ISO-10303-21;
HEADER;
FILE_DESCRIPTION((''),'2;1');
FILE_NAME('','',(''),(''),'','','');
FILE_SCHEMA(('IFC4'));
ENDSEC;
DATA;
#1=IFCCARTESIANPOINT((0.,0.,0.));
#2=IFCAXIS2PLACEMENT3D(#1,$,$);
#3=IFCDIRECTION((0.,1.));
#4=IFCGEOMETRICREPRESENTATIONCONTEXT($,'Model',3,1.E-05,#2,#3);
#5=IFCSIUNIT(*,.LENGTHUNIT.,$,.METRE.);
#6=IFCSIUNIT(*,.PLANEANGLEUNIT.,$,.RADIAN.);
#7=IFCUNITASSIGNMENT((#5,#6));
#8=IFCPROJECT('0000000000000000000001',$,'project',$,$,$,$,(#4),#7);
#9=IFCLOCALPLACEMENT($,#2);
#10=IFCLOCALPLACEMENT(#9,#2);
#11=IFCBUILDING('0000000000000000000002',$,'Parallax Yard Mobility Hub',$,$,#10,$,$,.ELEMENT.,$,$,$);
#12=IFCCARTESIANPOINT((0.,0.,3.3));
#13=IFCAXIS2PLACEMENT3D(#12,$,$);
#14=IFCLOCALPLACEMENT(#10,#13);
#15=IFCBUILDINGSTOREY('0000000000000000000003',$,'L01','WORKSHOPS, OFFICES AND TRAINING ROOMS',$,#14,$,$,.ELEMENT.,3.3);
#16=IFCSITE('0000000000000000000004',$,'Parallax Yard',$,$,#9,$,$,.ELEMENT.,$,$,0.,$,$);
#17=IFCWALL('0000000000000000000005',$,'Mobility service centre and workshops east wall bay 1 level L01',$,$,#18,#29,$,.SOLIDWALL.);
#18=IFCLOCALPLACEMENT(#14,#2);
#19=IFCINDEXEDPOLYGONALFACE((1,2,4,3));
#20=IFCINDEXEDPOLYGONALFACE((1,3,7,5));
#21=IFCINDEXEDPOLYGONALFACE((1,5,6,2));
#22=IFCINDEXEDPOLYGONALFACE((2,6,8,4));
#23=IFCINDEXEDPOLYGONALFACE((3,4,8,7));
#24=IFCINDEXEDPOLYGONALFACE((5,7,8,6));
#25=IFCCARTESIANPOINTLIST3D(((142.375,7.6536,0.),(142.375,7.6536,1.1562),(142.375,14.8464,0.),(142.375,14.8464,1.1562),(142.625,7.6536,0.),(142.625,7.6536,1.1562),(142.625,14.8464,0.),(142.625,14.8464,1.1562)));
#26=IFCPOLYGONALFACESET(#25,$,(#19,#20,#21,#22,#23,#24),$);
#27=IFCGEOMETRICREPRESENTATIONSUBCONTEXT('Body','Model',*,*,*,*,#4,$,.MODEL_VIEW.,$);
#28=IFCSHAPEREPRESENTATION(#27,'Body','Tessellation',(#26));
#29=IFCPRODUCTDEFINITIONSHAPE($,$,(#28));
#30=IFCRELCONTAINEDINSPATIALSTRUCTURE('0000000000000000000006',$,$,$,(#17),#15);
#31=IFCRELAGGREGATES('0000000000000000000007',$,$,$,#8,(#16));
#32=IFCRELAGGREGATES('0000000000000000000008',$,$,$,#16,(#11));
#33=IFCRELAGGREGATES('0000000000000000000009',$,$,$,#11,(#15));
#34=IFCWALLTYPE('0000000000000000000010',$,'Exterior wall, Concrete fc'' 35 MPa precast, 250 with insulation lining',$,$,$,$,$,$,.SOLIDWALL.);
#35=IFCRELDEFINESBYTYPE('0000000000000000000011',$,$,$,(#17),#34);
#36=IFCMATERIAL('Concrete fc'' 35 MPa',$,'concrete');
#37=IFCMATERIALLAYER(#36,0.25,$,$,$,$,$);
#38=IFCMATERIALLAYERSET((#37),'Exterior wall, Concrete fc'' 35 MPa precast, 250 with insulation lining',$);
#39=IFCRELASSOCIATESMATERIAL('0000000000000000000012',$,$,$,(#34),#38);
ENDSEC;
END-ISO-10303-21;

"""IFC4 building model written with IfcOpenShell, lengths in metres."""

from ifc_helpers import new_model, si_unit, direction, frame, frame_2d, origin, place, context, subcontext, project, spatial, rectangle, extrude, material, layer, layer_set, type_object, element, save


model = new_model("IFC4")

# Units and contexts
model_context = context("Model", 3, precision=1e-05, world=origin(), true_north=direction((0.0, 1.0)))
body_context = subcontext(model_context, "Body", "Model", "MODEL_VIEW")
ifc_project = project(units=[si_unit("LENGTHUNIT", "METRE"), si_unit("PLANEANGLEUNIT", "RADIAN")], contexts=[model_context])

# Site, building, storey
site_placement = place(None, origin())
site = spatial("IfcSite", under=ifc_project, at=site_placement, Name="Parallax Yard", CompositionType="ELEMENT", RefElevation=0.0)
building_placement = place(site_placement, origin())
building = spatial("IfcBuilding", under=site, at=building_placement, Name="Parallax Yard Mobility Hub", CompositionType="ELEMENT")
storey_placement = place(building_placement, frame((0.0, 0.0, 3.3)))
storey = spatial("IfcBuildingStorey", under=building, at=storey_placement, Name="L01", Description="WORKSHOPS, OFFICES AND TRAINING ROOMS", CompositionType="ELEMENT", Elevation=3.3)

# Wall
ifc_material_1 = material(Name="Concrete fc' 35 MPa", Category="concrete")
ifc_layer_1 = layer(ifc_material_1, 0.25)
ifc_layer_set_1 = layer_set([ifc_layer_1], Name="Exterior wall, Concrete fc' 35 MPa precast, 250 with insulation lining")
wall_type = type_object("IfcWallType", Name="Exterior wall, Concrete fc' 35 MPa precast, 250 with insulation lining", PredefinedType="SOLIDWALL", material=ifc_layer_set_1)
wall_placement = place(storey_placement, frame((142.5, 7.6536, 0.0), z_axis=(0.0, 0.0, 1.0), x_axis=(0.0, 1.0, 0.0)))
element("IfcWall", 1, at=wall_placement, inside=storey, type_object=wall_type, Name="Mobility service centre and workshops east wall bay 1 level L01", PredefinedType="SOLIDWALL", context=body_context, shape_type="SweptSolid", body=[
    extrude(rectangle(XDim=7.1929, YDim=0.25, at=frame_2d((3.5964, 0.0))), origin(), (0.0, 0.0, 1.0), 1.1562),
])

save(model, "model.ifc")
